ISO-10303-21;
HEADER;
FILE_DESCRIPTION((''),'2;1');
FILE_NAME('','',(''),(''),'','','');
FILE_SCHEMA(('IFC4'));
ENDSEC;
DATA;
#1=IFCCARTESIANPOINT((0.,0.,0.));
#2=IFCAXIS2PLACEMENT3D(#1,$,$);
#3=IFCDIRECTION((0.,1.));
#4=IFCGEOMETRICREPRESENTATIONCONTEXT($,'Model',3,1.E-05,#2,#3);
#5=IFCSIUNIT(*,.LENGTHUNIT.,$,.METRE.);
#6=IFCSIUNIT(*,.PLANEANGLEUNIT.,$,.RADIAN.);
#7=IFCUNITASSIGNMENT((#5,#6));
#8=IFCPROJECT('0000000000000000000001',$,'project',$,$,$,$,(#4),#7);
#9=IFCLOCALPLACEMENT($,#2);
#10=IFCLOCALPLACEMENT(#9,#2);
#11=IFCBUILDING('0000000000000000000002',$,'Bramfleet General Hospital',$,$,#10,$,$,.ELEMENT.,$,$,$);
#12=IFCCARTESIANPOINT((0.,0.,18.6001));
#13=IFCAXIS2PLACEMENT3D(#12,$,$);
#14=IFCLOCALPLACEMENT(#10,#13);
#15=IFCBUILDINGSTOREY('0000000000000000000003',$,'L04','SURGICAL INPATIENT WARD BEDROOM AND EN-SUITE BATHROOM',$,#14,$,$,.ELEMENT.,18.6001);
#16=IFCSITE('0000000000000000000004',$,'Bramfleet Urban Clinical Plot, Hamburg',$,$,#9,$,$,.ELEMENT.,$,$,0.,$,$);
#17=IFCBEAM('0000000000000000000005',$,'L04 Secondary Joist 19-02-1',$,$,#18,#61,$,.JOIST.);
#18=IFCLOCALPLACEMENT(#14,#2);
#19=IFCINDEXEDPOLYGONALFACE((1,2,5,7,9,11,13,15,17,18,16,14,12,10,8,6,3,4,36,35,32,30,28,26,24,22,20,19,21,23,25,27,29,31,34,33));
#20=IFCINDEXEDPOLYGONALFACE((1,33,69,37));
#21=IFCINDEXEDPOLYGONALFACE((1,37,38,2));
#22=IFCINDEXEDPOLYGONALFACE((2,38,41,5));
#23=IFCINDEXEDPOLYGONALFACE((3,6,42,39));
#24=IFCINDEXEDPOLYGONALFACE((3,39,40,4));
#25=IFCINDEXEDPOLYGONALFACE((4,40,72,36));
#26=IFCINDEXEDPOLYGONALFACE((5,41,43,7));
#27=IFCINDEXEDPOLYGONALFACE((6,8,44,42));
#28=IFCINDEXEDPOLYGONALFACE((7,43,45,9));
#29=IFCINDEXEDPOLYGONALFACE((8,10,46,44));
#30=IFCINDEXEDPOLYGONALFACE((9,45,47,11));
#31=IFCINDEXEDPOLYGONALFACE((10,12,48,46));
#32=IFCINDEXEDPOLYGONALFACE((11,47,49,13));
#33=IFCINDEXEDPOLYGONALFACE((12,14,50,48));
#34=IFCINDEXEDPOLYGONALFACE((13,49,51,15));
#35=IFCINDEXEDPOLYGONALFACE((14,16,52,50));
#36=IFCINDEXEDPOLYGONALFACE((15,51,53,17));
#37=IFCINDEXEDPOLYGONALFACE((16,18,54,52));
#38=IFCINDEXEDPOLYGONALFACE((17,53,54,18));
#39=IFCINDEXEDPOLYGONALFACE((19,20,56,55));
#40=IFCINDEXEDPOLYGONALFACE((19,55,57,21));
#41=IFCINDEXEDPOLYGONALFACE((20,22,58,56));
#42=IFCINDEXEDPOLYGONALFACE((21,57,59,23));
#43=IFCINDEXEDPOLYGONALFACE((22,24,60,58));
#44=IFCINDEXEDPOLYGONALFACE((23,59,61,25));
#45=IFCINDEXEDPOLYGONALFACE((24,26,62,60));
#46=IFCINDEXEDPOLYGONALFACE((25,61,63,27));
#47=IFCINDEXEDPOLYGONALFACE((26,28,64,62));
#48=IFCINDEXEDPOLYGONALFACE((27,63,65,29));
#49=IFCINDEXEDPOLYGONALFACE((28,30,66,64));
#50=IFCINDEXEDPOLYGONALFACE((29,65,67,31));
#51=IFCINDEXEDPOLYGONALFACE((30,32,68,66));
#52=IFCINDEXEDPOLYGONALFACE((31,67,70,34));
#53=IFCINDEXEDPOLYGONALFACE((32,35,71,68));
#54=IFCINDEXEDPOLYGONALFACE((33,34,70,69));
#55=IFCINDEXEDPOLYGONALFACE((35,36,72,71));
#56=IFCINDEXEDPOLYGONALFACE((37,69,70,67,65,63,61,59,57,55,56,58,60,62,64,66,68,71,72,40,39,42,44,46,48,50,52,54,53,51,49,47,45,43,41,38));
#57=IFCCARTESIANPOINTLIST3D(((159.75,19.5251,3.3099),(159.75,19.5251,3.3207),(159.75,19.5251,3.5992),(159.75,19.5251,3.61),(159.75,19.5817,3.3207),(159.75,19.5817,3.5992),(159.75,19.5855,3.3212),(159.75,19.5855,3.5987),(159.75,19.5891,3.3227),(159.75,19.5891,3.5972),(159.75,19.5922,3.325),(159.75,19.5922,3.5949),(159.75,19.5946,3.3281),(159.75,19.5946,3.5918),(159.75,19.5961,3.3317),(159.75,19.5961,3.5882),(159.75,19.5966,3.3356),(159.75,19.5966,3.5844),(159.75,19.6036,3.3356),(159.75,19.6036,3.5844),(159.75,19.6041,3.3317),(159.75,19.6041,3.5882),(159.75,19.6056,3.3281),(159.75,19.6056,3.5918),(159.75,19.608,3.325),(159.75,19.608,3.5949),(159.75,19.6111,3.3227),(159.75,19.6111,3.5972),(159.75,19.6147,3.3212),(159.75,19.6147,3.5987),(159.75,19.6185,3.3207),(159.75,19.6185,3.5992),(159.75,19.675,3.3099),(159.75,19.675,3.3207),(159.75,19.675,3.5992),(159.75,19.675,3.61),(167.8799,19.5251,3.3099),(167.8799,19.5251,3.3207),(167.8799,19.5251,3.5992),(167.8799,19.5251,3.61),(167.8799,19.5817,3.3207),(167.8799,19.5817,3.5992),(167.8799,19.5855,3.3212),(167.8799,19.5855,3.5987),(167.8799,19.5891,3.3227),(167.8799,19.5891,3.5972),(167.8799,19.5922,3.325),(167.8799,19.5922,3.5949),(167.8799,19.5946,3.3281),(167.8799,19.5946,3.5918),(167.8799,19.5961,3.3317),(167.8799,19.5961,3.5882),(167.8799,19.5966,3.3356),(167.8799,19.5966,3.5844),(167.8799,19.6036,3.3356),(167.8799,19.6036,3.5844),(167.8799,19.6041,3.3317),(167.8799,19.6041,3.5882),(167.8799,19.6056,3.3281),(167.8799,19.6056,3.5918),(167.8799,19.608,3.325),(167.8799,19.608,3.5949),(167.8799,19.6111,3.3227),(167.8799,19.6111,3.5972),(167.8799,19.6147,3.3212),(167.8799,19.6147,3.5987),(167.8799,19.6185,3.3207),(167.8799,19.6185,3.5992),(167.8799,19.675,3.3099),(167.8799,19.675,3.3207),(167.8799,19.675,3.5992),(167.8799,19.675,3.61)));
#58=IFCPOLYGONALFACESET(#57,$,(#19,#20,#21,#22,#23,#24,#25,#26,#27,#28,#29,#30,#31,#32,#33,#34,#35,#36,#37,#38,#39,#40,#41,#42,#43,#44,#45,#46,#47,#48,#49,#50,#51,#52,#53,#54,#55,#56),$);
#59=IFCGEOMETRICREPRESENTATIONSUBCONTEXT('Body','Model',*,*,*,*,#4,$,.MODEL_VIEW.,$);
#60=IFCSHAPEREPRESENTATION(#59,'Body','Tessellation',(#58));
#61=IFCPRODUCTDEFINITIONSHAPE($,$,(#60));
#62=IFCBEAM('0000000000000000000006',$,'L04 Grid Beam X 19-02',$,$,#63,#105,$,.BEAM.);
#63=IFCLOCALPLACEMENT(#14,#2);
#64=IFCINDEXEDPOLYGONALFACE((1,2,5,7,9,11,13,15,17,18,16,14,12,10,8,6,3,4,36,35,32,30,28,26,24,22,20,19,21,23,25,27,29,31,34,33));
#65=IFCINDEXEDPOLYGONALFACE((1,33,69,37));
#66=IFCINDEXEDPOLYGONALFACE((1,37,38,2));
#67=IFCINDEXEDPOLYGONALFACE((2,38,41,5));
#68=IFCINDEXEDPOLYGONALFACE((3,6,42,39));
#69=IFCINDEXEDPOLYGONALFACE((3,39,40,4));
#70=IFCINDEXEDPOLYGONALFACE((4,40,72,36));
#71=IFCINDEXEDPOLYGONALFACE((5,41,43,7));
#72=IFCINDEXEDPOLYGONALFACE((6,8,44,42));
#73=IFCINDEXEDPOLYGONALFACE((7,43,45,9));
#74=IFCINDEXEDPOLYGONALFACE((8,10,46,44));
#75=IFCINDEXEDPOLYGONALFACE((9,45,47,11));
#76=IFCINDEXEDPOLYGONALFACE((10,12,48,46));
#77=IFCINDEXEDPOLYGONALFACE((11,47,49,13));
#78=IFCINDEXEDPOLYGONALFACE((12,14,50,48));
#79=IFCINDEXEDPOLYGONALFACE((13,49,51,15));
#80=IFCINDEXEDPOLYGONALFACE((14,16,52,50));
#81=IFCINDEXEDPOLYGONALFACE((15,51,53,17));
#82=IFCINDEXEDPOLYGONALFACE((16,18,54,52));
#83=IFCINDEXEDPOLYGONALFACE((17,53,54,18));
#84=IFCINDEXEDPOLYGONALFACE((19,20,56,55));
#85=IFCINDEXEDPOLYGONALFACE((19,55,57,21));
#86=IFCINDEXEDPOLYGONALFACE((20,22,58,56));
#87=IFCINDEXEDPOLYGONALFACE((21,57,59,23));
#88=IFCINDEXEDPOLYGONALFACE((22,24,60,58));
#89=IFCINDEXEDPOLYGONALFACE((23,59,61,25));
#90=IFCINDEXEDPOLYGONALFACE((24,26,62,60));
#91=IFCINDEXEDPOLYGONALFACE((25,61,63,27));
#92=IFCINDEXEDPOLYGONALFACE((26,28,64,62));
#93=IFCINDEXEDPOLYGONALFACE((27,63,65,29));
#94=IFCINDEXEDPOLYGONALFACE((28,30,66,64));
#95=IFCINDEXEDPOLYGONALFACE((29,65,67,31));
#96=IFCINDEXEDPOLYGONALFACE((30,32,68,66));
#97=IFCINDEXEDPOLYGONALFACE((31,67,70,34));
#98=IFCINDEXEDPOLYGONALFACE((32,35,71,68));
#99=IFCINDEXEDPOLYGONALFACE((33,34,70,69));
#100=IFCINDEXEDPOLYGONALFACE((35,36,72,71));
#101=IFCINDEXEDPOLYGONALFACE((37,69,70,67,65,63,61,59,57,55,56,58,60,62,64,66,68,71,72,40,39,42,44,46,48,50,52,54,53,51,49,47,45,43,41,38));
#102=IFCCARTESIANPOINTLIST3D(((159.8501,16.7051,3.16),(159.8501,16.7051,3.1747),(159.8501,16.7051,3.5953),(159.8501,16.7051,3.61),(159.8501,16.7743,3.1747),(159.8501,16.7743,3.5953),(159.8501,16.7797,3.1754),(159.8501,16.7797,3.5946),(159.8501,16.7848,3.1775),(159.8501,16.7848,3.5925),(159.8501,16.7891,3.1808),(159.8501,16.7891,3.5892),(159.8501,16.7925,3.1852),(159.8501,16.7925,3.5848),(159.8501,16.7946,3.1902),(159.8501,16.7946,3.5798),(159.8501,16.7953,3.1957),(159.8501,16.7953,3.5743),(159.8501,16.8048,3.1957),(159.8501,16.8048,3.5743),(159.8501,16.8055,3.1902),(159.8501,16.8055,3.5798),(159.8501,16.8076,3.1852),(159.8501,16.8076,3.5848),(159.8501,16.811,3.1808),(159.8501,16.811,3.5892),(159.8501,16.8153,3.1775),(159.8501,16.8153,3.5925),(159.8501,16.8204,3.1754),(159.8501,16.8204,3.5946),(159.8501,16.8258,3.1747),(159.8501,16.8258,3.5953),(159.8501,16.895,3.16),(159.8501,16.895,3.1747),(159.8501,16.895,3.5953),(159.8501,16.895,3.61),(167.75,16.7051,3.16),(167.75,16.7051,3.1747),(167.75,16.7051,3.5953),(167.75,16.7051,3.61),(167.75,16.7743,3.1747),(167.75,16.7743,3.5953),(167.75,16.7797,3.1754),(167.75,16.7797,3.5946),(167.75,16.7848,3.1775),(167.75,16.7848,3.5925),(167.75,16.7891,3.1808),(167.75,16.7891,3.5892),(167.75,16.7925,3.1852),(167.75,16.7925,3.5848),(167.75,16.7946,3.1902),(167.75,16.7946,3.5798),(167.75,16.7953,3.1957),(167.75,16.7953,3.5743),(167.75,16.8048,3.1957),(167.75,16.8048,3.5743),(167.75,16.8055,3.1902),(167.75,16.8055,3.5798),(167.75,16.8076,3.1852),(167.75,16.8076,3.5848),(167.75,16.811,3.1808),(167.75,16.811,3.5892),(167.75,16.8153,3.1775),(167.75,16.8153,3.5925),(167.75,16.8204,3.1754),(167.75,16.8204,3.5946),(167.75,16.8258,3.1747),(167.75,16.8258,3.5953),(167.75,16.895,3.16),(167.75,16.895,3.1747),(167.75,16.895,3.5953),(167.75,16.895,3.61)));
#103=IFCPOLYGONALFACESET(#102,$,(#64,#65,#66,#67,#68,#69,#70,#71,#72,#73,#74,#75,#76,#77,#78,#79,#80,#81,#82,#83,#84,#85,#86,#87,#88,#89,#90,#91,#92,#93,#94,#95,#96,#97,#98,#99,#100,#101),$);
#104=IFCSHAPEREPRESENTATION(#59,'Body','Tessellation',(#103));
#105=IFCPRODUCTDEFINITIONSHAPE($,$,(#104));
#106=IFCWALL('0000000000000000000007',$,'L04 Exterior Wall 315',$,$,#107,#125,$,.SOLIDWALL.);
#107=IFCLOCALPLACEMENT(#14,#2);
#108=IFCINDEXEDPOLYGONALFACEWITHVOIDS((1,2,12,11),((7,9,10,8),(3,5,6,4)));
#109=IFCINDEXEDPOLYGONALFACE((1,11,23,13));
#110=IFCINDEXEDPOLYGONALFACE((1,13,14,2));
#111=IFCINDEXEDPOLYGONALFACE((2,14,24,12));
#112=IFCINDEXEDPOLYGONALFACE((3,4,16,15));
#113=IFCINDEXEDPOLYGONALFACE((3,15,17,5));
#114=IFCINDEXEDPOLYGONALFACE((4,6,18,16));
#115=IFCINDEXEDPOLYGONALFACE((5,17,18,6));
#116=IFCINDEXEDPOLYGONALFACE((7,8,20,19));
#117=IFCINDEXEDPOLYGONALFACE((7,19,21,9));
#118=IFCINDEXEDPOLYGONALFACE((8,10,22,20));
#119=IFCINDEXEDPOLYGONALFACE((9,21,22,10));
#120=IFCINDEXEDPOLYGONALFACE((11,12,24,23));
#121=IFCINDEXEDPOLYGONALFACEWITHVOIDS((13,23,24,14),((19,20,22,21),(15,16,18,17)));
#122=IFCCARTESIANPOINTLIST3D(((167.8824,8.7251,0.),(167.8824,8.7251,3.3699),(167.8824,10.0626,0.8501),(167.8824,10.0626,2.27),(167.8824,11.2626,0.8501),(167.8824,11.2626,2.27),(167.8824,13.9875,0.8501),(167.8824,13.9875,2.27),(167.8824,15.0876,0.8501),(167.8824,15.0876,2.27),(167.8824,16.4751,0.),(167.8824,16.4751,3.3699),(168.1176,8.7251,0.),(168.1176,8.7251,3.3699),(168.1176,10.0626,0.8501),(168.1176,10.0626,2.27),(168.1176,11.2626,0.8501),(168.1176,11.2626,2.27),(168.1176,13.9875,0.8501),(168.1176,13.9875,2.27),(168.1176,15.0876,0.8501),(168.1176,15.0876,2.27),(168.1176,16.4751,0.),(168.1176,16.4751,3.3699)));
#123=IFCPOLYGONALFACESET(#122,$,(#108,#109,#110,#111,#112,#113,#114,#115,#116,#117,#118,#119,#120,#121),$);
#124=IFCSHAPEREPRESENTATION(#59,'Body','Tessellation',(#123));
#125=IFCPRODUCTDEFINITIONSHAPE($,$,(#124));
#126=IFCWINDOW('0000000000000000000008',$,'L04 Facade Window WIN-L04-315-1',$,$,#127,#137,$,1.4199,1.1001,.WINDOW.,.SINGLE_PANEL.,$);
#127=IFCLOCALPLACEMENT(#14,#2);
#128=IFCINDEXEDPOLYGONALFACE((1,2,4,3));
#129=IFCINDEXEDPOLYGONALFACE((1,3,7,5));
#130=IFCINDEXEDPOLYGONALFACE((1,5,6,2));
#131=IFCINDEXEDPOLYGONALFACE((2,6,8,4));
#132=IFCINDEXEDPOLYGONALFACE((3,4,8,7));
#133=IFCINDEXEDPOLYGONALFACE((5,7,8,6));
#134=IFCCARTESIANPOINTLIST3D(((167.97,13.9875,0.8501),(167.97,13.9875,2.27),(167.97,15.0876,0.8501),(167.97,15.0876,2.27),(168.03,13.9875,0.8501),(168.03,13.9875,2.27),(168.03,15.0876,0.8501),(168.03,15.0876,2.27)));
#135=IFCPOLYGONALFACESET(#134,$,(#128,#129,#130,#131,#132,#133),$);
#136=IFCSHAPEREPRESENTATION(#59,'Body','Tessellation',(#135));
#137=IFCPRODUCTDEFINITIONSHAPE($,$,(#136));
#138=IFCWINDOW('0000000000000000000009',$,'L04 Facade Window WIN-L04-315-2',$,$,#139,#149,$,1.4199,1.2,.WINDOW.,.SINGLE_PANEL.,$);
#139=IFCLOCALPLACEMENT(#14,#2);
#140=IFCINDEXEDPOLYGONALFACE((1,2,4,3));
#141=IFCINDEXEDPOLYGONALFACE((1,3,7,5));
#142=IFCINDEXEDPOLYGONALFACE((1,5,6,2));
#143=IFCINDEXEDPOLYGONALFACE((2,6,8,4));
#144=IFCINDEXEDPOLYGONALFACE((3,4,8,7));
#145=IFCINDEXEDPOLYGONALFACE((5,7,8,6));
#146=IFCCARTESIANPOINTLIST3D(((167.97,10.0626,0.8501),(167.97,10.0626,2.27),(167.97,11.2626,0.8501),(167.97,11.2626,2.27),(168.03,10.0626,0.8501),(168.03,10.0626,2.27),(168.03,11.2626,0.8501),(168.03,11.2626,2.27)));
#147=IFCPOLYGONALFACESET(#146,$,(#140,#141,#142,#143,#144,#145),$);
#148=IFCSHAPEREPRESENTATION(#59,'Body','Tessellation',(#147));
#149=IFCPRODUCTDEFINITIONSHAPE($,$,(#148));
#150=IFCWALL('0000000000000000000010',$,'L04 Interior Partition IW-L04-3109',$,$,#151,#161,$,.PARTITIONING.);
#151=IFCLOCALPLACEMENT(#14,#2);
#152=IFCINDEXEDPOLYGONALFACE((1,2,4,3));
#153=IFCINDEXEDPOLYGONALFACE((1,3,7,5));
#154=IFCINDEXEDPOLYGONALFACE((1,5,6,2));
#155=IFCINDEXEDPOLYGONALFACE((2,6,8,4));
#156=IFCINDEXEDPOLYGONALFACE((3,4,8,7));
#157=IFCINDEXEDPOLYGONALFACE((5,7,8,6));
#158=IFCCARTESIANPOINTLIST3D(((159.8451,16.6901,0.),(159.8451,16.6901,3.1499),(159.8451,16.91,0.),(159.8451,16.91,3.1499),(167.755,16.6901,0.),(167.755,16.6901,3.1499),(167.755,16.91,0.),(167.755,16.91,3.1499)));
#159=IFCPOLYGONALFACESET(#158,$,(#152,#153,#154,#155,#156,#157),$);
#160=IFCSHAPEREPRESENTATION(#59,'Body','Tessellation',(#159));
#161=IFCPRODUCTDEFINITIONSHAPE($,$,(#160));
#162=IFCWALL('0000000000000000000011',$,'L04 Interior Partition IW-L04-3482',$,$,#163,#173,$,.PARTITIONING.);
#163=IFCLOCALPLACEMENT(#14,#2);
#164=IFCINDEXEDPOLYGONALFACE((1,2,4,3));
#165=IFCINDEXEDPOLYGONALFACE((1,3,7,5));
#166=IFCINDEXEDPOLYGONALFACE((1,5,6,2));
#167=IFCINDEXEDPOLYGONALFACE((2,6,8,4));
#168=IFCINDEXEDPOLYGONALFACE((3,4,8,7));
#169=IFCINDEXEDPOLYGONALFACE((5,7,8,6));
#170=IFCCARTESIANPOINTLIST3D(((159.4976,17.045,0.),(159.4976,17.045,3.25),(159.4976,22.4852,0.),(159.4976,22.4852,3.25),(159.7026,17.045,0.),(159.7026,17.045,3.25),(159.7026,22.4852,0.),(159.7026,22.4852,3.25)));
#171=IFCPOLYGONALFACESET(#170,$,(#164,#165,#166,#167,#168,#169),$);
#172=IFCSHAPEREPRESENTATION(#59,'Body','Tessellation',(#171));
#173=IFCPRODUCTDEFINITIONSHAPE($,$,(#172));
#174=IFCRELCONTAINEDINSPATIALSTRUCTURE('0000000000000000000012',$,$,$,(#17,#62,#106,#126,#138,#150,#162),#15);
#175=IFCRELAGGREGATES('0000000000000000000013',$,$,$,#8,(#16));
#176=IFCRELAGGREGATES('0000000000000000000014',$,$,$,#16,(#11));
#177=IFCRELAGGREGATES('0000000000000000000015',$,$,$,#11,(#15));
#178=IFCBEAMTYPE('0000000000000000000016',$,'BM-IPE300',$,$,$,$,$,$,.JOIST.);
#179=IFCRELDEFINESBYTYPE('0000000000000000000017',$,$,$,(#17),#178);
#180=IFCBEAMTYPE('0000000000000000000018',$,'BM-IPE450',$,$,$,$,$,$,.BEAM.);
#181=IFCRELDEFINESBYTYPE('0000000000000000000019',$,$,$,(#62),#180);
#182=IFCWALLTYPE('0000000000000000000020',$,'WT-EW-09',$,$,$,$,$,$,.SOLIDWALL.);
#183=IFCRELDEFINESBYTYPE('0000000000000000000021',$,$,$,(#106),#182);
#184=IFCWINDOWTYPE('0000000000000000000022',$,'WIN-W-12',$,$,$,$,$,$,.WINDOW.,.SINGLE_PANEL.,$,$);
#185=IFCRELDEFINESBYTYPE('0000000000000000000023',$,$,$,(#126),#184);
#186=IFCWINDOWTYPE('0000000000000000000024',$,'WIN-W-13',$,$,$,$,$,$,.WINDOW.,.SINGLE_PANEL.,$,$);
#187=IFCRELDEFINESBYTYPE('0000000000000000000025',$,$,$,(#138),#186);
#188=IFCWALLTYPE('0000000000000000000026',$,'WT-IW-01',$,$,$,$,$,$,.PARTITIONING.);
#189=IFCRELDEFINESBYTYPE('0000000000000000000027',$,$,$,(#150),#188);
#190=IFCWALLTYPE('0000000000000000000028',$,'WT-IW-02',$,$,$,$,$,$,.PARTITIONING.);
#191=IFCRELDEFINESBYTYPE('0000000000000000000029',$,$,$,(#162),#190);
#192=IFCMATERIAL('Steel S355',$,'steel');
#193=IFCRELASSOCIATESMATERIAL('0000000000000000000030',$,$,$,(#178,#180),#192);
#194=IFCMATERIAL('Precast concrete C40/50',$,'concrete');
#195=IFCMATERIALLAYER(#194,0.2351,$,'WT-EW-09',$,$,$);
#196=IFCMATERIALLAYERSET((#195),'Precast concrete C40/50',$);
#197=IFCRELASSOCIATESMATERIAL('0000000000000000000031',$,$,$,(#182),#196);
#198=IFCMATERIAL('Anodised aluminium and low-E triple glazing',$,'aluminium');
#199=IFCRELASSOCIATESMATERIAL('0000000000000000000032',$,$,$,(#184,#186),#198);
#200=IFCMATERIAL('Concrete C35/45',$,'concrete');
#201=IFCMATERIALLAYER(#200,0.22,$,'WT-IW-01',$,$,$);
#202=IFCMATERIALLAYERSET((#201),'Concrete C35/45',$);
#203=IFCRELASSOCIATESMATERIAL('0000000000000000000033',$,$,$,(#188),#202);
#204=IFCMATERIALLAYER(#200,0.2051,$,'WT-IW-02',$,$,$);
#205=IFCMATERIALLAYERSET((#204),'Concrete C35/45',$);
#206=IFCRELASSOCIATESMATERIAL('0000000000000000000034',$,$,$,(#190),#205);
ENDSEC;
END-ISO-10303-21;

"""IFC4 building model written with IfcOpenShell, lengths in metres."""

from ifc_helpers import new_model, si_unit, direction, frame, frame_2d, origin, origin_2d, place, context, subcontext, project, spatial, rectangle, i_section, extrude, material, layer, layer_set, material_profile, profile_set, type_object, element, fill, save


model = new_model("IFC4")

# Units and contexts
model_context = context("Model", 3, precision=1e-05, world=origin(), true_north=direction((0.0, 1.0)))
body_context = subcontext(model_context, "Body", "Model", "MODEL_VIEW")
ifc_project = project(units=[si_unit("LENGTHUNIT", "METRE"), si_unit("PLANEANGLEUNIT", "RADIAN")], contexts=[model_context])

# Site, building, storey
site_placement = place(None, origin())
site = spatial("IfcSite", under=ifc_project, at=site_placement, Name="Bramfleet Urban Clinical Plot, Hamburg", CompositionType="ELEMENT", RefElevation=0.0)
building_placement = place(site_placement, origin())
building = spatial("IfcBuilding", under=site, at=building_placement, Name="Bramfleet General Hospital", CompositionType="ELEMENT")
storey_placement = place(building_placement, frame((0.0, 0.0, 18.6001)))
storey = spatial("IfcBuildingStorey", under=building, at=storey_placement, Name="L04", Description="SURGICAL INPATIENT WARD BEDROOM AND EN-SUITE BATHROOM", CompositionType="ELEMENT", Elevation=18.6001)

# Beams
ifc_material_1 = material(Name="Steel S355", Category="steel")
ifc_material_profile_1 = material_profile(ifc_material_1, i_section(OverallWidth=0.1499, OverallDepth=0.3, WebThickness=0.0071, FlangeThickness=0.0107, FilletRadius=0.0149, at=origin_2d()), Name="IPE 300")
ifc_profile_set_1 = profile_set([ifc_material_profile_1], Name="Steel S355")
beam_type_1 = type_object("IfcBeamType", Name="BM-IPE300", PredefinedType="JOIST", material=ifc_profile_set_1)
for number, where, z_axis, x_axis, name in (
    (1, (159.75, 19.6001, 3.46), (1.0, 0.0, 0.0), (0.0, 1.0, 0.0), "L04 Secondary Joist 19-02-1"),
):
    element("IfcBeam", number, at=place(storey_placement, frame(where, z_axis=z_axis, x_axis=x_axis)), inside=storey, type_object=beam_type_1, Name=name, PredefinedType="JOIST", context=body_context, shape_type="SweptSolid", body=[
        extrude(i_section(OverallWidth=0.1499, OverallDepth=0.3, WebThickness=0.0071, FlangeThickness=0.0107, FilletRadius=0.0149, at=origin_2d()), origin(), (0.0, 0.0, 1.0), 8.1299),
    ])
ifc_material_profile_2 = material_profile(ifc_material_1, i_section(OverallWidth=0.1899, OverallDepth=0.45, WebThickness=0.0095, FlangeThickness=0.0146, FilletRadius=0.021, at=origin_2d()), Name="IPE 450")
ifc_profile_set_2 = profile_set([ifc_material_profile_2], Name="Steel S355")
beam_type_2 = type_object("IfcBeamType", Name="BM-IPE450", PredefinedType="BEAM", material=ifc_profile_set_2)
beam_1_placement = place(storey_placement, frame((159.8501, 16.8, 3.385), z_axis=(1.0, 0.0, 0.0), x_axis=(0.0, 1.0, 0.0)))
element("IfcBeam", 2, at=beam_1_placement, inside=storey, type_object=beam_type_2, Name="L04 Grid Beam X 19-02", PredefinedType="BEAM", context=body_context, shape_type="SweptSolid", body=[
    extrude(i_section(OverallWidth=0.1899, OverallDepth=0.45, WebThickness=0.0095, FlangeThickness=0.0146, FilletRadius=0.021, at=origin_2d()), origin(), (0.0, 0.0, 1.0), 7.8999),
])

# Wall, openings, windows
ifc_material_2 = material(Name="Precast concrete C40/50", Category="concrete")
ifc_layer_1 = layer(ifc_material_2, 0.2351, Name="WT-EW-09")
ifc_layer_set_1 = layer_set([ifc_layer_1], Name="Precast concrete C40/50")
wall_type_1 = type_object("IfcWallType", Name="WT-EW-09", PredefinedType="SOLIDWALL", material=ifc_layer_set_1)
wall_1_placement = place(storey_placement, frame((168.0, 16.4751, 0.0), z_axis=(0.0, 0.0, 1.0), x_axis=(0.0, -1.0, 0.0)))
wall_1 = element("IfcWall", 3, at=wall_1_placement, inside=storey, type_object=wall_type_1, Name="L04 Exterior Wall 315", PredefinedType="SOLIDWALL", context=body_context, shape_type="SweptSolid", body=[
    extrude(rectangle(XDim=7.75, YDim=0.2351, at=frame_2d((3.875, 0.0))), origin(), (0.0, 0.0, 1.0), 3.3699),
])
opening_1_placement = place(wall_1_placement, frame((1.3875, 0.0, 0.8501)))
opening_1 = element("IfcOpeningElement", 4, at=opening_1_placement, cuts=wall_1, PredefinedType="OPENING", context=body_context, shape_type="SweptSolid", body=[
    extrude(rectangle(XDim=1.1001, YDim=1.4199, at=frame_2d((0.55, 0.71))), frame((0.0, 0.1274, 0.0), z_axis=(0.0, -1.0, 0.0), x_axis=(1.0, 0.0, 0.0)), (0.0, 0.0, 1.0), 0.2551),
])
opening_2_placement = place(wall_1_placement, frame((5.2124, 0.0, 0.8501)))
opening_2 = element("IfcOpeningElement", 5, at=opening_2_placement, cuts=wall_1, PredefinedType="OPENING", context=body_context, shape_type="SweptSolid", body=[
    extrude(rectangle(XDim=1.2, YDim=1.4199, at=frame_2d((0.6001, 0.71))), frame((0.0, 0.1274, 0.0), z_axis=(0.0, -1.0, 0.0), x_axis=(1.0, 0.0, 0.0)), (0.0, 0.0, 1.0), 0.2551),
])
ifc_material_3 = material(Name="Anodised aluminium and low-E triple glazing", Category="aluminium")
window_type_1 = type_object("IfcWindowType", Name="WIN-W-12", PartitioningType="SINGLE_PANEL", PredefinedType="WINDOW", material=ifc_material_3)
window_1_placement = place(opening_1_placement, origin())
window_1 = element("IfcWindow", 6, at=window_1_placement, inside=storey, type_object=window_type_1, Name="L04 Facade Window WIN-L04-315-1", OverallHeight=1.4199, OverallWidth=1.1001, PartitioningType="SINGLE_PANEL", PredefinedType="WINDOW", context=body_context, shape_type="SweptSolid", body=[
    extrude(rectangle(XDim=1.1001, YDim=1.4199, at=frame_2d((0.55, 0.71))), frame((0.0, 0.03, 0.0), z_axis=(0.0, -1.0, 0.0), x_axis=(1.0, 0.0, 0.0)), (0.0, 0.0, 1.0), 0.0601),
])
fill(opening_1, window_1)
window_type_2 = type_object("IfcWindowType", Name="WIN-W-13", PartitioningType="SINGLE_PANEL", PredefinedType="WINDOW", material=ifc_material_3)
window_2_placement = place(opening_2_placement, origin())
window_2 = element("IfcWindow", 7, at=window_2_placement, inside=storey, type_object=window_type_2, Name="L04 Facade Window WIN-L04-315-2", OverallHeight=1.4199, OverallWidth=1.2, PartitioningType="SINGLE_PANEL", PredefinedType="WINDOW", context=body_context, shape_type="SweptSolid", body=[
    extrude(rectangle(XDim=1.2, YDim=1.4199, at=frame_2d((0.6001, 0.71))), frame((0.0, 0.03, 0.0), z_axis=(0.0, -1.0, 0.0), x_axis=(1.0, 0.0, 0.0)), (0.0, 0.0, 1.0), 0.0601),
])
fill(opening_2, window_2)

# Walls
ifc_material_4 = material(Name="Concrete C35/45", Category="concrete")
ifc_layer_2 = layer(ifc_material_4, 0.22, Name="WT-IW-01")
ifc_layer_set_2 = layer_set([ifc_layer_2], Name="Concrete C35/45")
wall_type_2 = type_object("IfcWallType", Name="WT-IW-01", PredefinedType="PARTITIONING", material=ifc_layer_set_2)
wall_2_placement = place(storey_placement, frame((159.845, 16.8, 0.0), z_axis=(0.0, 0.0, 1.0), x_axis=(1.0, 0.0, 0.0)))
element("IfcWall", 8, at=wall_2_placement, inside=storey, type_object=wall_type_2, Name="L04 Interior Partition IW-L04-3109", PredefinedType="PARTITIONING", context=body_context, shape_type="SweptSolid", body=[
    extrude(rectangle(XDim=7.9099, YDim=0.22, at=frame_2d((3.9551, 0.0))), origin(), (0.0, 0.0, 1.0), 3.1499),
])
ifc_layer_3 = layer(ifc_material_4, 0.2051, Name="WT-IW-02")
ifc_layer_set_3 = layer_set([ifc_layer_3], Name="Concrete C35/45")
wall_type_3 = type_object("IfcWallType", Name="WT-IW-02", PredefinedType="PARTITIONING", material=ifc_layer_set_3)
wall_3_placement = place(storey_placement, frame((159.6001, 17.0449, 0.0), z_axis=(0.0, 0.0, 1.0), x_axis=(0.0, 1.0, 0.0)))
element("IfcWall", 9, at=wall_3_placement, inside=storey, type_object=wall_type_3, Name="L04 Interior Partition IW-L04-3482", PredefinedType="PARTITIONING", context=body_context, shape_type="SweptSolid", body=[
    extrude(rectangle(XDim=5.4402, YDim=0.2051, at=frame_2d((2.7202, 0.0))), origin(), (0.0, 0.0, 1.0), 3.25),
])

save(model, "model.ifc")
